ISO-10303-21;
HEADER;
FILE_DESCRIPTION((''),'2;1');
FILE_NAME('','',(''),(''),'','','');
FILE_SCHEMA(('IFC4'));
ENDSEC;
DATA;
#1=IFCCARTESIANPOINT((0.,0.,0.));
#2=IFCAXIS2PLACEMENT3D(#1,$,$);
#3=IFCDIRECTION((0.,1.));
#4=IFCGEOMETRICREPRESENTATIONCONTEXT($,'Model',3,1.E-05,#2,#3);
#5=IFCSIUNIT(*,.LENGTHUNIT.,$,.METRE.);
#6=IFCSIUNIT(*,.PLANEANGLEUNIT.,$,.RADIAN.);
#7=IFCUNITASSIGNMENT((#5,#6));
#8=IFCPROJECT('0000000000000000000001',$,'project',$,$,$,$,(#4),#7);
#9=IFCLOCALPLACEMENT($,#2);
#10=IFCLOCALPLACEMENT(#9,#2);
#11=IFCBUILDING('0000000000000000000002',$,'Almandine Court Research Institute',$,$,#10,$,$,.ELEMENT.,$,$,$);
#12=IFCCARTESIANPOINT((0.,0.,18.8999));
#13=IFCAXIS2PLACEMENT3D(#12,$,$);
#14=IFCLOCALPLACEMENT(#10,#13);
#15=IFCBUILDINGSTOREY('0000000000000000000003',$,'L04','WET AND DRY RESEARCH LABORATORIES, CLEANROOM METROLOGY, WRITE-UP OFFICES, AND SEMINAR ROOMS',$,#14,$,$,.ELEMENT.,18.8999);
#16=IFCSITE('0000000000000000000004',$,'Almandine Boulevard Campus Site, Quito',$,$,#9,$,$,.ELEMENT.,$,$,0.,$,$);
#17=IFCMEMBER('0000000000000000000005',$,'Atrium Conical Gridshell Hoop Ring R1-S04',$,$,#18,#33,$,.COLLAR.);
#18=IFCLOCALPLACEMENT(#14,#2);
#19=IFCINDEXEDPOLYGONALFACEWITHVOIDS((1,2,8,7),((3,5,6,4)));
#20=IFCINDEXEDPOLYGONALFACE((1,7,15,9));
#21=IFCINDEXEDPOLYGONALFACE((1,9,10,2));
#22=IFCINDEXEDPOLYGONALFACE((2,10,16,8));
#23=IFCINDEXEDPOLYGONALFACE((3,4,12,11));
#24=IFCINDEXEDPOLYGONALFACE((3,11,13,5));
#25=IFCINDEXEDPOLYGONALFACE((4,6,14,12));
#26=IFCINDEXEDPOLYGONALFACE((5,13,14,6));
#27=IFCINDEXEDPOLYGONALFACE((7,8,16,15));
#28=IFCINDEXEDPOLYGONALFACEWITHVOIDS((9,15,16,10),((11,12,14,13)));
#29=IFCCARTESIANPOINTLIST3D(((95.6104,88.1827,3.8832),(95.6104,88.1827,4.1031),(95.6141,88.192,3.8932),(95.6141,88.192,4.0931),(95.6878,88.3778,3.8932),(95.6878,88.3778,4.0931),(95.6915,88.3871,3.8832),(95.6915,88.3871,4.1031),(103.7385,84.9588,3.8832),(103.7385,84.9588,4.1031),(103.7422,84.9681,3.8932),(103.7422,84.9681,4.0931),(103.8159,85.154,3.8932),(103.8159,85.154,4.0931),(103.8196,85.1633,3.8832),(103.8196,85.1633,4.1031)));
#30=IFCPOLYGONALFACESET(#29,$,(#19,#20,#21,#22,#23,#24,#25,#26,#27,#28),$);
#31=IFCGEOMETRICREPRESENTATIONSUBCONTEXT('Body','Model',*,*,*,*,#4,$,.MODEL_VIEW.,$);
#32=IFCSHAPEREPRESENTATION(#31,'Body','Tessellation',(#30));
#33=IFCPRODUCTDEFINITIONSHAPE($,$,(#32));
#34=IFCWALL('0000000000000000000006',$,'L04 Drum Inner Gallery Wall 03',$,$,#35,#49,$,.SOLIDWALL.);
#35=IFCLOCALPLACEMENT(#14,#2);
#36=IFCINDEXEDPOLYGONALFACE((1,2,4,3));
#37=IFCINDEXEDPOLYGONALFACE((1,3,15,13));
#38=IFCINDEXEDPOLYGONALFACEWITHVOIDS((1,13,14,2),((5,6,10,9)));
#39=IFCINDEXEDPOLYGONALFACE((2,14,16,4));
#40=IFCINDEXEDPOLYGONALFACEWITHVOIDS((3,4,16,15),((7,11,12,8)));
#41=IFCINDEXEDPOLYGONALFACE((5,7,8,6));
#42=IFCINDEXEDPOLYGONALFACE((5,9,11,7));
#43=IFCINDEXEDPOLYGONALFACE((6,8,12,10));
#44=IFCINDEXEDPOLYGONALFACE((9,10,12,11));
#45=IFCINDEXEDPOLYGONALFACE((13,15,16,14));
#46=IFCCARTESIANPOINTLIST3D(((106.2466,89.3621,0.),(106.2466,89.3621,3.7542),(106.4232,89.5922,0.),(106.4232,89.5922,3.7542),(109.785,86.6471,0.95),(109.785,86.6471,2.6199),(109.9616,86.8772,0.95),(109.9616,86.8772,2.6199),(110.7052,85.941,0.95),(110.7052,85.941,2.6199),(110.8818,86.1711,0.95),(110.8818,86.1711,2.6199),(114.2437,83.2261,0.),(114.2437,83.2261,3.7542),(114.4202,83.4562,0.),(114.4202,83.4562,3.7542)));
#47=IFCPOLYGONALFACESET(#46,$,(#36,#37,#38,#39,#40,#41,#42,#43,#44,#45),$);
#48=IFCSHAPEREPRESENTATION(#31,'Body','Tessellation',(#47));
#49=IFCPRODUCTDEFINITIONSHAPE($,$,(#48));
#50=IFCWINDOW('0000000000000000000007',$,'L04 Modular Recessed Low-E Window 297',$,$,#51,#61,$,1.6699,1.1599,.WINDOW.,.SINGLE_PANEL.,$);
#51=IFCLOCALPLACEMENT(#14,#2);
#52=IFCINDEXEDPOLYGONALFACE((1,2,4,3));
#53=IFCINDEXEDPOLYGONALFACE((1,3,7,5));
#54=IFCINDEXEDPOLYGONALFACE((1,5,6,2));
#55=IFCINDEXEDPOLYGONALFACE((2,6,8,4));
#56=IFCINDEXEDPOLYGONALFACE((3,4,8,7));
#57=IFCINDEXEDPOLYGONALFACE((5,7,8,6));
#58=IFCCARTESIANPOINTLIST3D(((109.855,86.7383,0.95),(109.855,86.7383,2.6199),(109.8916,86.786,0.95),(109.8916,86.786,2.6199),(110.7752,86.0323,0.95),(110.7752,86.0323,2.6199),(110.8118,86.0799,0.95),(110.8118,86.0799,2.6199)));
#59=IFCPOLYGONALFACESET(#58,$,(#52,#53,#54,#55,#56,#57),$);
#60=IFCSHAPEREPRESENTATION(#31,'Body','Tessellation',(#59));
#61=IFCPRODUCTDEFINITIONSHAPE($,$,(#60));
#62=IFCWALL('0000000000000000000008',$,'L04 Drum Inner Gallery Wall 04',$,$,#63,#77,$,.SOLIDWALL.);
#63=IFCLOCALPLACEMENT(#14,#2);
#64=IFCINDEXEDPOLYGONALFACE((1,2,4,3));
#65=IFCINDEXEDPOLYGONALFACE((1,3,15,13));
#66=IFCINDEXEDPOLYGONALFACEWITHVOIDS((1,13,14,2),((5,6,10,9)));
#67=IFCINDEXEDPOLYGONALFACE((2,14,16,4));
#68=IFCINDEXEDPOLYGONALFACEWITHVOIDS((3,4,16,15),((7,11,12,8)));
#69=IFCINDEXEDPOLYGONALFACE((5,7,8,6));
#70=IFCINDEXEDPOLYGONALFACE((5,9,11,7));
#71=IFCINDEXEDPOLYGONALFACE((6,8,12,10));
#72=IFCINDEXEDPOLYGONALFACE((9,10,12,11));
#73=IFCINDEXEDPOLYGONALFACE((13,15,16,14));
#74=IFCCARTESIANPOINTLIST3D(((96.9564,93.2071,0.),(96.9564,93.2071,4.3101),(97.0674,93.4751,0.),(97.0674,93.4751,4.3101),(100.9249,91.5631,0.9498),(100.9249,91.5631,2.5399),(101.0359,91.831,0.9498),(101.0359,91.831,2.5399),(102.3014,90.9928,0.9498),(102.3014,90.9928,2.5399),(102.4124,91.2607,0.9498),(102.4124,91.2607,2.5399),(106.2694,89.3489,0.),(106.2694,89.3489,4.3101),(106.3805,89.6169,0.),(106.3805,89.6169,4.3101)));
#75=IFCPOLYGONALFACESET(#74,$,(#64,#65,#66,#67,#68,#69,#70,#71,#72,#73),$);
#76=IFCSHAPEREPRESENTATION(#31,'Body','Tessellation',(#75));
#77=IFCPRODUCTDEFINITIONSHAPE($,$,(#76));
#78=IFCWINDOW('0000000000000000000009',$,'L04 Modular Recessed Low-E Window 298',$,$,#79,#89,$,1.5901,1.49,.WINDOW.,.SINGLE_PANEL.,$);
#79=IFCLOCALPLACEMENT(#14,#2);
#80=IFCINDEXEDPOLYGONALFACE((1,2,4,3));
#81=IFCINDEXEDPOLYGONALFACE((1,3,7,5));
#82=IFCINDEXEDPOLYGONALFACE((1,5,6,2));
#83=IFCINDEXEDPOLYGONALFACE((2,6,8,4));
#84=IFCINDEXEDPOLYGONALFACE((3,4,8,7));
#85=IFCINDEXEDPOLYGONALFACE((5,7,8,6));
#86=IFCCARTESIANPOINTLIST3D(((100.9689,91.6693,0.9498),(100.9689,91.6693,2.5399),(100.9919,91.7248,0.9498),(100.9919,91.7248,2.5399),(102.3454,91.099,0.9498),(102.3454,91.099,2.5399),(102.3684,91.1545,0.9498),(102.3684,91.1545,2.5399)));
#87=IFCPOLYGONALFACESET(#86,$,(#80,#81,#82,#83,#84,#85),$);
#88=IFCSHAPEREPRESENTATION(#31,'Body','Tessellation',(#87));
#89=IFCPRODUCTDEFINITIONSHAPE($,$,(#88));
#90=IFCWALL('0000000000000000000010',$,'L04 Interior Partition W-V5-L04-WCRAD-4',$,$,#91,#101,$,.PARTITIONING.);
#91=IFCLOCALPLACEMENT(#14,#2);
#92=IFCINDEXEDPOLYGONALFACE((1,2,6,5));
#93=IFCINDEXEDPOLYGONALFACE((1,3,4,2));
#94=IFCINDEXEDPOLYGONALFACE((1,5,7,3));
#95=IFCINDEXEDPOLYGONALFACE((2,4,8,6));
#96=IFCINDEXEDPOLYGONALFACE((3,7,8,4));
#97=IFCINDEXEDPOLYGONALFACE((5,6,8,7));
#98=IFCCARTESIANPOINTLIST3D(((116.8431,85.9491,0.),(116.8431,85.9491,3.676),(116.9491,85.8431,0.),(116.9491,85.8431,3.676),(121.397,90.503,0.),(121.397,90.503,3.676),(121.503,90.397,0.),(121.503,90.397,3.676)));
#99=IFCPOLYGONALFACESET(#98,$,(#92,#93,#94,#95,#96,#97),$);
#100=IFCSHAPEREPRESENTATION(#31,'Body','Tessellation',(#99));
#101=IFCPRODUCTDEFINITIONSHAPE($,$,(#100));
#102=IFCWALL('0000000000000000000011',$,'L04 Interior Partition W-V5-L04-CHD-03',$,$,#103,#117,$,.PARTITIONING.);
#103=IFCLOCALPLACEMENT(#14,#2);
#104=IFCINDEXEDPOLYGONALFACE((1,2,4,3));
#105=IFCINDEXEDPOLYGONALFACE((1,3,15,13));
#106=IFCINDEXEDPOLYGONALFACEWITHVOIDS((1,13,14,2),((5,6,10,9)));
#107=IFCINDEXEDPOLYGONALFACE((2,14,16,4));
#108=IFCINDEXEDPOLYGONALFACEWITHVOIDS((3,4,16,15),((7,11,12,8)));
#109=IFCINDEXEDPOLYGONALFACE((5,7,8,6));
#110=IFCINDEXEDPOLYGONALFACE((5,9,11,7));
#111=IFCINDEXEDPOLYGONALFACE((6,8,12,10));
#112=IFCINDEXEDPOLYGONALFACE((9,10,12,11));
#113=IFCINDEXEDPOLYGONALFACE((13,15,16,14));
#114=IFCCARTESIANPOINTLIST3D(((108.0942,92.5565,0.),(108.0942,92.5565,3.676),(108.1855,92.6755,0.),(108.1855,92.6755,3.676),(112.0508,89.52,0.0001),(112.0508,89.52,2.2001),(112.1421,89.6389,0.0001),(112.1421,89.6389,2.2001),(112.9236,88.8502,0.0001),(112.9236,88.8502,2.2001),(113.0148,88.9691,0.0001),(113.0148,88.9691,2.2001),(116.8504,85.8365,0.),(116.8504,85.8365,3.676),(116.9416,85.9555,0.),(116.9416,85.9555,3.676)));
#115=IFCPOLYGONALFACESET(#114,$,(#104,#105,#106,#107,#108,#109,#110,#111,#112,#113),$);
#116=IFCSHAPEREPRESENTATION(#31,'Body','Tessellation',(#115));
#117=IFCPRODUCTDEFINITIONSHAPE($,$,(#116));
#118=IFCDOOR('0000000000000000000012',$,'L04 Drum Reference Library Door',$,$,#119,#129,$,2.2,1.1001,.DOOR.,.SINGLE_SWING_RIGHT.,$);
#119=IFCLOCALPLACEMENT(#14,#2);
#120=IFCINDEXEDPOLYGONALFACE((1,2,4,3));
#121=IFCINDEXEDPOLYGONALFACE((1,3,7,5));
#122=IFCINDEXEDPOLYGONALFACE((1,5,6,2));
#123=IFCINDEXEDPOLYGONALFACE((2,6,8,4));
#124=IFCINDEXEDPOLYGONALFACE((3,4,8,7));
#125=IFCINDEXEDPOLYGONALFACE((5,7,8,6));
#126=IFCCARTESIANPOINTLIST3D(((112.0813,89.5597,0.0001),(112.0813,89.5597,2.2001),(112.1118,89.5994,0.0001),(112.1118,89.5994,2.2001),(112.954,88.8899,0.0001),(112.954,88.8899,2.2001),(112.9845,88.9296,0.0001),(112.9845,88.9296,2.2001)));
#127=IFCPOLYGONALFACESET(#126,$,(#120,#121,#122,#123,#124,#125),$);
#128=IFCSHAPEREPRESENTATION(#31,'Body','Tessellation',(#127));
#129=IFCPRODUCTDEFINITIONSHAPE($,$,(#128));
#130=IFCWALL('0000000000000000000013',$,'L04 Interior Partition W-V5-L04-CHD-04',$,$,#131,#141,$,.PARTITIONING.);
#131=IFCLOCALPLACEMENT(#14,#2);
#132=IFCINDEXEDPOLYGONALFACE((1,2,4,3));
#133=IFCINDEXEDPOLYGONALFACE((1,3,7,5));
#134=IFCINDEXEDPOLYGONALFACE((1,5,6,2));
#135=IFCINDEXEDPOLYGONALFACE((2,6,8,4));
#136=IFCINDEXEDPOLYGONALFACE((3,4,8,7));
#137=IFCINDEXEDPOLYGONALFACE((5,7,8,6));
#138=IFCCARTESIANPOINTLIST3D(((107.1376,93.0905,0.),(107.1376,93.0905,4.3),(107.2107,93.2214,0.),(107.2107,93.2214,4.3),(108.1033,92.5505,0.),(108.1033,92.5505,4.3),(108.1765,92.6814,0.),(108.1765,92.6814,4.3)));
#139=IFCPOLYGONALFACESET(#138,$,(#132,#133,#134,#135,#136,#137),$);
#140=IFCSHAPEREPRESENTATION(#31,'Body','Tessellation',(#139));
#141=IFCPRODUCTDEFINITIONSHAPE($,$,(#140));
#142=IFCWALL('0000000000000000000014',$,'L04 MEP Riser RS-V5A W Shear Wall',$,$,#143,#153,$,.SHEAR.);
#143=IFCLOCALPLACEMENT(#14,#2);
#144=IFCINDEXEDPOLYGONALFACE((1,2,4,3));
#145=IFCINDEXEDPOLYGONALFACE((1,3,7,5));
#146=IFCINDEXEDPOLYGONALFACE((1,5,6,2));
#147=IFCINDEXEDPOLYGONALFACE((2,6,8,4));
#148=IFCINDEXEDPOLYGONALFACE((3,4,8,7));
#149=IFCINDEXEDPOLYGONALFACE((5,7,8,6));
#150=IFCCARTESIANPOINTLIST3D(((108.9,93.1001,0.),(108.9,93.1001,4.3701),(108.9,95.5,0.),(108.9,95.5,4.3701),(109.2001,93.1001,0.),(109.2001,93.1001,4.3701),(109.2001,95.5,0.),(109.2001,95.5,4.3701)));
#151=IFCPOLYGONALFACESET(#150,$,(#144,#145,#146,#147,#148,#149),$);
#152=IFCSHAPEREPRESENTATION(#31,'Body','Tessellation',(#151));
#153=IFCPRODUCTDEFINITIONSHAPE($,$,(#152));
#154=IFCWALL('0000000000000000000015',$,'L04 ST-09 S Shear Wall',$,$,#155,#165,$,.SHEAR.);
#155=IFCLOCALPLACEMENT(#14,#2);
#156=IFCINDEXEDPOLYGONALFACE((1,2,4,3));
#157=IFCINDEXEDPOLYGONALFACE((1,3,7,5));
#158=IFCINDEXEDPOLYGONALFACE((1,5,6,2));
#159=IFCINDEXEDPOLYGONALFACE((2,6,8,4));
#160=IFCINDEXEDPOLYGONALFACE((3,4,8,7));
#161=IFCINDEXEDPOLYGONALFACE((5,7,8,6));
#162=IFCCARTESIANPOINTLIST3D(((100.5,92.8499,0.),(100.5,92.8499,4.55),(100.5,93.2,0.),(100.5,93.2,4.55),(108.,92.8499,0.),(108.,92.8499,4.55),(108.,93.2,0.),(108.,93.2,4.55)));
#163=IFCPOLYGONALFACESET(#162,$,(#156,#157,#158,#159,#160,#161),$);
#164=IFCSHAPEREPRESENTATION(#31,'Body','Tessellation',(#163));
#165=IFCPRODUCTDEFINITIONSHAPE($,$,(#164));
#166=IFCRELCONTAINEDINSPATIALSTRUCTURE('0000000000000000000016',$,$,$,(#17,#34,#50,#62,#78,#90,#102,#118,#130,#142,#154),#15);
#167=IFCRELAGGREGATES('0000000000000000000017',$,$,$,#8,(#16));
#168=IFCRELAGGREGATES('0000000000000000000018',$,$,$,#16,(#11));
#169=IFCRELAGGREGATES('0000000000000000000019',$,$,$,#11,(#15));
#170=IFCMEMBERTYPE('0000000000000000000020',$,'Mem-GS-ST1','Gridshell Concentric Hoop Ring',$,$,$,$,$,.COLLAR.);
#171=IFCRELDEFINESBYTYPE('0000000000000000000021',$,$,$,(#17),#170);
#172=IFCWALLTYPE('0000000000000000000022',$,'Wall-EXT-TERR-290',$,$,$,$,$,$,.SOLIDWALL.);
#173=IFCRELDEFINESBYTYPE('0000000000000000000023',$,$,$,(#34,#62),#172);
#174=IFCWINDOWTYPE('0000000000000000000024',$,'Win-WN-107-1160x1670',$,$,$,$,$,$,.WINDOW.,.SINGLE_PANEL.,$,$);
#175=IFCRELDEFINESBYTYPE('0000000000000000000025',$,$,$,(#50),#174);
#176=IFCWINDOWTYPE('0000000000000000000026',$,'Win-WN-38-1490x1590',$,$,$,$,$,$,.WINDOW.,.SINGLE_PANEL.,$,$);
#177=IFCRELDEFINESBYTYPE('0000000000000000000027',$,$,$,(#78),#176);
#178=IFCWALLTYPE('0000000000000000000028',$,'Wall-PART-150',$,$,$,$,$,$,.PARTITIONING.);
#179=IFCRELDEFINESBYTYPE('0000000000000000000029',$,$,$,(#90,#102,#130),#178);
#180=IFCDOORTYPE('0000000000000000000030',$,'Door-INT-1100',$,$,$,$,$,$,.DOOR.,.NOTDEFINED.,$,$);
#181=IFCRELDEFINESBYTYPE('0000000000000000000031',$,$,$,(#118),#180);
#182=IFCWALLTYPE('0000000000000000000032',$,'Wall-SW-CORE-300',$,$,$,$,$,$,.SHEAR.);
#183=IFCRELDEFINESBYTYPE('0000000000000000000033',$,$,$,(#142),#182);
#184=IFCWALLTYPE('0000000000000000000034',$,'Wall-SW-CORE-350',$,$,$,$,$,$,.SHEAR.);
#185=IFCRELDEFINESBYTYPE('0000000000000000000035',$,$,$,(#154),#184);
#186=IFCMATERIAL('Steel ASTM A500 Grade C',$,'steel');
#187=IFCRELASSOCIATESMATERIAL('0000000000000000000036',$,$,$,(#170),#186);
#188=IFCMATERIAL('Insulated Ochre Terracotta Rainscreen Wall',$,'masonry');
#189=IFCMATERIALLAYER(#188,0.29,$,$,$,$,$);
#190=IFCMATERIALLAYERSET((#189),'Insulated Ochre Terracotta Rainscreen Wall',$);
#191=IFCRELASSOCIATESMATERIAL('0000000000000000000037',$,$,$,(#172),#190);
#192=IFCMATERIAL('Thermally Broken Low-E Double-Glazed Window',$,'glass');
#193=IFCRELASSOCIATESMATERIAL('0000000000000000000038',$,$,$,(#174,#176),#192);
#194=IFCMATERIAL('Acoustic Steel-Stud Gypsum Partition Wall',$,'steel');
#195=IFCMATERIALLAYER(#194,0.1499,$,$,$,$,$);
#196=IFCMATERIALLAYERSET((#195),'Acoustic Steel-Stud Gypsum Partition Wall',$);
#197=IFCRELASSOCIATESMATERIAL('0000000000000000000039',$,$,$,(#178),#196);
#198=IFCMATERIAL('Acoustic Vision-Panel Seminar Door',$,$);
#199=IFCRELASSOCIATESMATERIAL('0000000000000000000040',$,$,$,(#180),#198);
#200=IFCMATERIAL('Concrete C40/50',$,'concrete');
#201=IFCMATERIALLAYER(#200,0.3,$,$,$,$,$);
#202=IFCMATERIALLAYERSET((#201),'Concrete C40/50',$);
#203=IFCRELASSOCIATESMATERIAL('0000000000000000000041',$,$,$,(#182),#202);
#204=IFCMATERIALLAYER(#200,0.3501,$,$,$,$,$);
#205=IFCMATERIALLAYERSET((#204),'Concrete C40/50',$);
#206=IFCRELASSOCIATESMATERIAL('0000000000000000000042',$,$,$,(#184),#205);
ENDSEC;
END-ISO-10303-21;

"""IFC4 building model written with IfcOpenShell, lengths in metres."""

from ifc_helpers import new_model, si_unit, direction, frame, frame_2d, origin, origin_2d, place, context, subcontext, project, spatial, rectangle, hollow_rectangle, extrude, material, layer, layer_set, material_profile, profile_set, type_object, element, fill, save


model = new_model("IFC4")

# Units and contexts
model_context = context("Model", 3, precision=1e-05, world=origin(), true_north=direction((0.0, 1.0)))
body_context = subcontext(model_context, "Body", "Model", "MODEL_VIEW")
ifc_project = project(units=[si_unit("LENGTHUNIT", "METRE"), si_unit("PLANEANGLEUNIT", "RADIAN")], contexts=[model_context])

# Site, building, storey
site_placement = place(None, origin())
site = spatial("IfcSite", under=ifc_project, at=site_placement, Name="Almandine Boulevard Campus Site, Quito", CompositionType="ELEMENT", RefElevation=0.0)
building_placement = place(site_placement, origin())
building = spatial("IfcBuilding", under=site, at=building_placement, Name="Almandine Court Research Institute", CompositionType="ELEMENT")
storey_placement = place(building_placement, frame((0.0, 0.0, 18.8999)))
storey = spatial("IfcBuildingStorey", under=building, at=storey_placement, Name="L04", Description="WET AND DRY RESEARCH LABORATORIES, CLEANROOM METROLOGY, WRITE-UP OFFICES, AND SEMINAR ROOMS", CompositionType="ELEMENT", Elevation=18.8999)

# Shared definitions
ifc_material_1 = material(Name="Steel ASTM A500 Grade C", Category="steel")

# Member
ifc_material_profile_1 = material_profile(ifc_material_1, hollow_rectangle(XDim=0.22, YDim=0.22, WallThickness=0.01, at=origin_2d()), Name="HSS 220x220x10")
ifc_profile_set_1 = profile_set([ifc_material_profile_1], Name="Steel ASTM A500 Grade C")
member_type_1 = type_object("IfcMemberType", Name="Mem-GS-ST1", Description="Gridshell Concentric Hoop Ring", PredefinedType="COLLAR", material=ifc_profile_set_1)
member_1_placement = place(storey_placement, frame((103.7791, 85.061, 3.9932), z_axis=(-0.929553, 0.368689, 0.0), x_axis=(-0.368689, -0.929553, 0.0)))
element("IfcMember", 1, at=member_1_placement, inside=storey, type_object=member_type_1, Name="Atrium Conical Gridshell Hoop Ring R1-S04", PredefinedType="COLLAR", context=body_context, shape_type="SweptSolid", body=[
    extrude(hollow_rectangle(XDim=0.22, YDim=0.22, WallThickness=0.01, at=origin_2d()), origin(), (0.0, 0.0, 1.0), 8.7441),
])

# Walls, openings, windows
ifc_material_2 = material(Name="Insulated Ochre Terracotta Rainscreen Wall", Category="masonry")
ifc_layer_1 = layer(ifc_material_2, 0.29)
ifc_layer_set_1 = layer_set([ifc_layer_1], Name="Insulated Ochre Terracotta Rainscreen Wall")
wall_type_1 = type_object("IfcWallType", Name="Wall-EXT-TERR-290", PredefinedType="SOLIDWALL", material=ifc_layer_set_1)
wall_1_placement = place(storey_placement, frame((114.332, 83.3411, 0.0), z_axis=(0.0, 0.0, 1.0), x_axis=(-0.793372, 0.608738, 0.0)))
wall_1 = element("IfcWall", 2, at=wall_1_placement, inside=storey, type_object=wall_type_1, Name="L04 Drum Inner Gallery Wall 03", PredefinedType="SOLIDWALL", context=body_context, shape_type="SweptSolid", body=[
    extrude(rectangle(XDim=10.0798, YDim=0.29, at=frame_2d((5.04, 0.0))), origin(), (0.0, 0.0, 1.0), 3.7542),
])
opening_1_placement = place(wall_1_placement, frame((4.46, 0.0, 0.95)))
opening_1 = element("IfcOpeningElement", 3, at=opening_1_placement, cuts=wall_1, PredefinedType="OPENING", context=body_context, shape_type="SweptSolid", body=[
    extrude(rectangle(XDim=1.1599, YDim=1.6699, at=frame_2d((0.5801, 0.835))), frame((0.0, 0.155, 0.0), z_axis=(0.0, -1.0, 0.0), x_axis=(1.0, 0.0, 0.0)), (0.0, 0.0, 1.0), 0.3101),
])
ifc_material_3 = material(Name="Thermally Broken Low-E Double-Glazed Window", Category="glass")
window_type_1 = type_object("IfcWindowType", Name="Win-WN-107-1160x1670", PartitioningType="SINGLE_PANEL", PredefinedType="WINDOW", material=ifc_material_3)
window_1_placement = place(opening_1_placement, origin())
window_1 = element("IfcWindow", 4, at=window_1_placement, inside=storey, type_object=window_type_1, Name="L04 Modular Recessed Low-E Window 297", OverallHeight=1.6699, OverallWidth=1.1599, PartitioningType="SINGLE_PANEL", PredefinedType="WINDOW", context=body_context, shape_type="SweptSolid", body=[
    extrude(rectangle(XDim=1.1599, YDim=1.6699, at=frame_2d((0.5801, 0.835))), frame((0.0, 0.03, 0.0), z_axis=(0.0, -1.0, 0.0), x_axis=(1.0, 0.0, 0.0)), (0.0, 0.0, 1.0), 0.0601),
])
fill(opening_1, window_1)
wall_2_placement = place(storey_placement, frame((106.325, 89.4829, 0.0), z_axis=(0.0, 0.0, 1.0), x_axis=(-0.923859, 0.382733, 0.0)))
wall_2 = element("IfcWall", 5, at=wall_2_placement, inside=storey, type_object=wall_type_1, Name="L04 Drum Inner Gallery Wall 04", PredefinedType="SOLIDWALL", context=body_context, shape_type="SweptSolid", body=[
    extrude(rectangle(XDim=10.0806, YDim=0.29, at=frame_2d((5.0403, 0.0))), origin(), (0.0, 0.0, 1.0), 4.3101),
])
opening_2_placement = place(wall_2_placement, frame((4.2949, 0.0, 0.95)))
opening_2 = element("IfcOpeningElement", 6, at=opening_2_placement, cuts=wall_2, PredefinedType="OPENING", context=body_context, shape_type="SweptSolid", body=[
    extrude(rectangle(XDim=1.49, YDim=1.5901, at=frame_2d((0.7451, 0.7949))), frame((0.0, 0.155, 0.0), z_axis=(0.0, -1.0, 0.0), x_axis=(1.0, 0.0, 0.0)), (0.0, 0.0, 1.0), 0.3101),
])
window_type_2 = type_object("IfcWindowType", Name="Win-WN-38-1490x1590", PartitioningType="SINGLE_PANEL", PredefinedType="WINDOW", material=ifc_material_3)
window_2_placement = place(opening_2_placement, origin())
window_2 = element("IfcWindow", 7, at=window_2_placement, inside=storey, type_object=window_type_2, Name="L04 Modular Recessed Low-E Window 298", OverallHeight=1.5901, OverallWidth=1.49, PartitioningType="SINGLE_PANEL", PredefinedType="WINDOW", context=body_context, shape_type="SweptSolid", body=[
    extrude(rectangle(XDim=1.49, YDim=1.5901, at=frame_2d((0.7451, 0.7949))), frame((0.0, 0.03, 0.0), z_axis=(0.0, -1.0, 0.0), x_axis=(1.0, 0.0, 0.0)), (0.0, 0.0, 1.0), 0.0601),
])
fill(opening_2, window_2)

# Wall
ifc_material_4 = material(Name="Acoustic Steel-Stud Gypsum Partition Wall", Category="steel")
ifc_layer_2 = layer(ifc_material_4, 0.1499)
ifc_layer_set_2 = layer_set([ifc_layer_2], Name="Acoustic Steel-Stud Gypsum Partition Wall")
wall_type_2 = type_object("IfcWallType", Name="Wall-PART-150", PredefinedType="PARTITIONING", material=ifc_layer_set_2)
wall_3_placement = place(storey_placement, frame((116.896, 85.896, 0.0), z_axis=(0.0, 0.0, 1.0), x_axis=(0.707107, 0.707107, 0.0)))
element("IfcWall", 8, at=wall_3_placement, inside=storey, type_object=wall_type_2, Name="L04 Interior Partition W-V5-L04-WCRAD-4", PredefinedType="PARTITIONING", context=body_context, shape_type="SweptSolid", body=[
    extrude(rectangle(XDim=6.4402, YDim=0.1499, at=frame_2d((3.2202, 0.0))), origin(), (0.0, 0.0, 1.0), 3.676),
])

# Wall, opening, door
wall_4_placement = place(storey_placement, frame((116.896, 85.896, 0.0), z_axis=(0.0, 0.0, 1.0), x_axis=(-0.793302, 0.608828, 0.0)))
wall_4 = element("IfcWall", 9, at=wall_4_placement, inside=storey, type_object=wall_type_2, Name="L04 Interior Partition W-V5-L04-CHD-03", PredefinedType="PARTITIONING", context=body_context, shape_type="SweptSolid", body=[
    extrude(rectangle(XDim=11.0376, YDim=0.1499, at=frame_2d((5.5188, 0.0))), origin(), (0.0, 0.0, 1.0), 3.676),
])
opening_3_placement = place(wall_4_placement, frame((4.95, 0.0, 0.0)))
opening_3 = element("IfcOpeningElement", 10, at=opening_3_placement, cuts=wall_4, PredefinedType="OPENING", context=body_context, shape_type="SweptSolid", body=[
    extrude(rectangle(XDim=1.1001, YDim=2.2, at=frame_2d((0.55, 1.1001))), frame((0.0, 0.085, 0.0), z_axis=(0.0, -1.0, 0.0), x_axis=(1.0, 0.0, 0.0)), (0.0, 0.0, 1.0), 0.1699),
])
ifc_material_5 = material(Name="Acoustic Vision-Panel Seminar Door")
door_type = type_object("IfcDoorType", Name="Door-INT-1100", OperationType="NOTDEFINED", PredefinedType="DOOR", material=ifc_material_5)
door_placement = place(opening_3_placement, origin())
door = element("IfcDoor", 11, at=door_placement, inside=storey, type_object=door_type, Name="L04 Drum Reference Library Door", OperationType="SINGLE_SWING_RIGHT", OverallHeight=2.2, OverallWidth=1.1001, PredefinedType="DOOR", context=body_context, shape_type="SweptSolid", body=[
    extrude(rectangle(XDim=1.1001, YDim=2.2, at=frame_2d((0.55, 1.1001))), frame((0.0, 0.0249, 0.0), z_axis=(0.0, -1.0, 0.0), x_axis=(1.0, 0.0, 0.0)), (0.0, 0.0, 1.0), 0.05),
])
fill(opening_3, door)

# Walls
wall_5_placement = place(storey_placement, frame((108.1399, 92.616, 0.0), z_axis=(0.0, 0.0, 1.0), x_axis=(-0.872822, 0.488039, 0.0)))
element("IfcWall", 12, at=wall_5_placement, inside=storey, type_object=wall_type_2, Name="L04 Interior Partition W-V5-L04-CHD-04", PredefinedType="PARTITIONING", context=body_context, shape_type="SweptSolid", body=[
    extrude(rectangle(XDim=1.1064, YDim=0.1499, at=frame_2d((0.5532, 0.0))), origin(), (0.0, 0.0, 1.0), 4.3),
])
ifc_material_6 = material(Name="Concrete C40/50", Category="concrete")
ifc_layer_3 = layer(ifc_material_6, 0.3)
ifc_layer_set_3 = layer_set([ifc_layer_3], Name="Concrete C40/50")
wall_type_3 = type_object("IfcWallType", Name="Wall-SW-CORE-300", PredefinedType="SHEAR", material=ifc_layer_set_3)
wall_6_placement = place(storey_placement, frame((109.05, 93.1001, 0.0), z_axis=(0.0, 0.0, 1.0), x_axis=(0.0, 1.0, 0.0)))
element("IfcWall", 13, at=wall_6_placement, inside=storey, type_object=wall_type_3, Name="L04 MEP Riser RS-V5A W Shear Wall", PredefinedType="SHEAR", context=body_context, shape_type="SweptSolid", body=[
    extrude(rectangle(XDim=2.3999, YDim=0.3, at=frame_2d((1.2, 0.0))), origin(), (0.0, 0.0, 1.0), 4.3701),
])
ifc_layer_4 = layer(ifc_material_6, 0.3501)
ifc_layer_set_4 = layer_set([ifc_layer_4], Name="Concrete C40/50")
wall_type_4 = type_object("IfcWallType", Name="Wall-SW-CORE-350", PredefinedType="SHEAR", material=ifc_layer_set_4)
wall_7_placement = place(storey_placement, frame((108.0, 93.0249, 0.0), z_axis=(0.0, 0.0, 1.0), x_axis=(-1.0, 0.0, 0.0)))
element("IfcWall", 14, at=wall_7_placement, inside=storey, type_object=wall_type_4, Name="L04 ST-09 S Shear Wall", PredefinedType="SHEAR", context=body_context, shape_type="SweptSolid", body=[
    extrude(rectangle(XDim=7.5, YDim=0.3501, at=frame_2d((3.75, 0.0))), origin(), (0.0, 0.0, 1.0), 4.55),
])

save(model, "model.ifc")
